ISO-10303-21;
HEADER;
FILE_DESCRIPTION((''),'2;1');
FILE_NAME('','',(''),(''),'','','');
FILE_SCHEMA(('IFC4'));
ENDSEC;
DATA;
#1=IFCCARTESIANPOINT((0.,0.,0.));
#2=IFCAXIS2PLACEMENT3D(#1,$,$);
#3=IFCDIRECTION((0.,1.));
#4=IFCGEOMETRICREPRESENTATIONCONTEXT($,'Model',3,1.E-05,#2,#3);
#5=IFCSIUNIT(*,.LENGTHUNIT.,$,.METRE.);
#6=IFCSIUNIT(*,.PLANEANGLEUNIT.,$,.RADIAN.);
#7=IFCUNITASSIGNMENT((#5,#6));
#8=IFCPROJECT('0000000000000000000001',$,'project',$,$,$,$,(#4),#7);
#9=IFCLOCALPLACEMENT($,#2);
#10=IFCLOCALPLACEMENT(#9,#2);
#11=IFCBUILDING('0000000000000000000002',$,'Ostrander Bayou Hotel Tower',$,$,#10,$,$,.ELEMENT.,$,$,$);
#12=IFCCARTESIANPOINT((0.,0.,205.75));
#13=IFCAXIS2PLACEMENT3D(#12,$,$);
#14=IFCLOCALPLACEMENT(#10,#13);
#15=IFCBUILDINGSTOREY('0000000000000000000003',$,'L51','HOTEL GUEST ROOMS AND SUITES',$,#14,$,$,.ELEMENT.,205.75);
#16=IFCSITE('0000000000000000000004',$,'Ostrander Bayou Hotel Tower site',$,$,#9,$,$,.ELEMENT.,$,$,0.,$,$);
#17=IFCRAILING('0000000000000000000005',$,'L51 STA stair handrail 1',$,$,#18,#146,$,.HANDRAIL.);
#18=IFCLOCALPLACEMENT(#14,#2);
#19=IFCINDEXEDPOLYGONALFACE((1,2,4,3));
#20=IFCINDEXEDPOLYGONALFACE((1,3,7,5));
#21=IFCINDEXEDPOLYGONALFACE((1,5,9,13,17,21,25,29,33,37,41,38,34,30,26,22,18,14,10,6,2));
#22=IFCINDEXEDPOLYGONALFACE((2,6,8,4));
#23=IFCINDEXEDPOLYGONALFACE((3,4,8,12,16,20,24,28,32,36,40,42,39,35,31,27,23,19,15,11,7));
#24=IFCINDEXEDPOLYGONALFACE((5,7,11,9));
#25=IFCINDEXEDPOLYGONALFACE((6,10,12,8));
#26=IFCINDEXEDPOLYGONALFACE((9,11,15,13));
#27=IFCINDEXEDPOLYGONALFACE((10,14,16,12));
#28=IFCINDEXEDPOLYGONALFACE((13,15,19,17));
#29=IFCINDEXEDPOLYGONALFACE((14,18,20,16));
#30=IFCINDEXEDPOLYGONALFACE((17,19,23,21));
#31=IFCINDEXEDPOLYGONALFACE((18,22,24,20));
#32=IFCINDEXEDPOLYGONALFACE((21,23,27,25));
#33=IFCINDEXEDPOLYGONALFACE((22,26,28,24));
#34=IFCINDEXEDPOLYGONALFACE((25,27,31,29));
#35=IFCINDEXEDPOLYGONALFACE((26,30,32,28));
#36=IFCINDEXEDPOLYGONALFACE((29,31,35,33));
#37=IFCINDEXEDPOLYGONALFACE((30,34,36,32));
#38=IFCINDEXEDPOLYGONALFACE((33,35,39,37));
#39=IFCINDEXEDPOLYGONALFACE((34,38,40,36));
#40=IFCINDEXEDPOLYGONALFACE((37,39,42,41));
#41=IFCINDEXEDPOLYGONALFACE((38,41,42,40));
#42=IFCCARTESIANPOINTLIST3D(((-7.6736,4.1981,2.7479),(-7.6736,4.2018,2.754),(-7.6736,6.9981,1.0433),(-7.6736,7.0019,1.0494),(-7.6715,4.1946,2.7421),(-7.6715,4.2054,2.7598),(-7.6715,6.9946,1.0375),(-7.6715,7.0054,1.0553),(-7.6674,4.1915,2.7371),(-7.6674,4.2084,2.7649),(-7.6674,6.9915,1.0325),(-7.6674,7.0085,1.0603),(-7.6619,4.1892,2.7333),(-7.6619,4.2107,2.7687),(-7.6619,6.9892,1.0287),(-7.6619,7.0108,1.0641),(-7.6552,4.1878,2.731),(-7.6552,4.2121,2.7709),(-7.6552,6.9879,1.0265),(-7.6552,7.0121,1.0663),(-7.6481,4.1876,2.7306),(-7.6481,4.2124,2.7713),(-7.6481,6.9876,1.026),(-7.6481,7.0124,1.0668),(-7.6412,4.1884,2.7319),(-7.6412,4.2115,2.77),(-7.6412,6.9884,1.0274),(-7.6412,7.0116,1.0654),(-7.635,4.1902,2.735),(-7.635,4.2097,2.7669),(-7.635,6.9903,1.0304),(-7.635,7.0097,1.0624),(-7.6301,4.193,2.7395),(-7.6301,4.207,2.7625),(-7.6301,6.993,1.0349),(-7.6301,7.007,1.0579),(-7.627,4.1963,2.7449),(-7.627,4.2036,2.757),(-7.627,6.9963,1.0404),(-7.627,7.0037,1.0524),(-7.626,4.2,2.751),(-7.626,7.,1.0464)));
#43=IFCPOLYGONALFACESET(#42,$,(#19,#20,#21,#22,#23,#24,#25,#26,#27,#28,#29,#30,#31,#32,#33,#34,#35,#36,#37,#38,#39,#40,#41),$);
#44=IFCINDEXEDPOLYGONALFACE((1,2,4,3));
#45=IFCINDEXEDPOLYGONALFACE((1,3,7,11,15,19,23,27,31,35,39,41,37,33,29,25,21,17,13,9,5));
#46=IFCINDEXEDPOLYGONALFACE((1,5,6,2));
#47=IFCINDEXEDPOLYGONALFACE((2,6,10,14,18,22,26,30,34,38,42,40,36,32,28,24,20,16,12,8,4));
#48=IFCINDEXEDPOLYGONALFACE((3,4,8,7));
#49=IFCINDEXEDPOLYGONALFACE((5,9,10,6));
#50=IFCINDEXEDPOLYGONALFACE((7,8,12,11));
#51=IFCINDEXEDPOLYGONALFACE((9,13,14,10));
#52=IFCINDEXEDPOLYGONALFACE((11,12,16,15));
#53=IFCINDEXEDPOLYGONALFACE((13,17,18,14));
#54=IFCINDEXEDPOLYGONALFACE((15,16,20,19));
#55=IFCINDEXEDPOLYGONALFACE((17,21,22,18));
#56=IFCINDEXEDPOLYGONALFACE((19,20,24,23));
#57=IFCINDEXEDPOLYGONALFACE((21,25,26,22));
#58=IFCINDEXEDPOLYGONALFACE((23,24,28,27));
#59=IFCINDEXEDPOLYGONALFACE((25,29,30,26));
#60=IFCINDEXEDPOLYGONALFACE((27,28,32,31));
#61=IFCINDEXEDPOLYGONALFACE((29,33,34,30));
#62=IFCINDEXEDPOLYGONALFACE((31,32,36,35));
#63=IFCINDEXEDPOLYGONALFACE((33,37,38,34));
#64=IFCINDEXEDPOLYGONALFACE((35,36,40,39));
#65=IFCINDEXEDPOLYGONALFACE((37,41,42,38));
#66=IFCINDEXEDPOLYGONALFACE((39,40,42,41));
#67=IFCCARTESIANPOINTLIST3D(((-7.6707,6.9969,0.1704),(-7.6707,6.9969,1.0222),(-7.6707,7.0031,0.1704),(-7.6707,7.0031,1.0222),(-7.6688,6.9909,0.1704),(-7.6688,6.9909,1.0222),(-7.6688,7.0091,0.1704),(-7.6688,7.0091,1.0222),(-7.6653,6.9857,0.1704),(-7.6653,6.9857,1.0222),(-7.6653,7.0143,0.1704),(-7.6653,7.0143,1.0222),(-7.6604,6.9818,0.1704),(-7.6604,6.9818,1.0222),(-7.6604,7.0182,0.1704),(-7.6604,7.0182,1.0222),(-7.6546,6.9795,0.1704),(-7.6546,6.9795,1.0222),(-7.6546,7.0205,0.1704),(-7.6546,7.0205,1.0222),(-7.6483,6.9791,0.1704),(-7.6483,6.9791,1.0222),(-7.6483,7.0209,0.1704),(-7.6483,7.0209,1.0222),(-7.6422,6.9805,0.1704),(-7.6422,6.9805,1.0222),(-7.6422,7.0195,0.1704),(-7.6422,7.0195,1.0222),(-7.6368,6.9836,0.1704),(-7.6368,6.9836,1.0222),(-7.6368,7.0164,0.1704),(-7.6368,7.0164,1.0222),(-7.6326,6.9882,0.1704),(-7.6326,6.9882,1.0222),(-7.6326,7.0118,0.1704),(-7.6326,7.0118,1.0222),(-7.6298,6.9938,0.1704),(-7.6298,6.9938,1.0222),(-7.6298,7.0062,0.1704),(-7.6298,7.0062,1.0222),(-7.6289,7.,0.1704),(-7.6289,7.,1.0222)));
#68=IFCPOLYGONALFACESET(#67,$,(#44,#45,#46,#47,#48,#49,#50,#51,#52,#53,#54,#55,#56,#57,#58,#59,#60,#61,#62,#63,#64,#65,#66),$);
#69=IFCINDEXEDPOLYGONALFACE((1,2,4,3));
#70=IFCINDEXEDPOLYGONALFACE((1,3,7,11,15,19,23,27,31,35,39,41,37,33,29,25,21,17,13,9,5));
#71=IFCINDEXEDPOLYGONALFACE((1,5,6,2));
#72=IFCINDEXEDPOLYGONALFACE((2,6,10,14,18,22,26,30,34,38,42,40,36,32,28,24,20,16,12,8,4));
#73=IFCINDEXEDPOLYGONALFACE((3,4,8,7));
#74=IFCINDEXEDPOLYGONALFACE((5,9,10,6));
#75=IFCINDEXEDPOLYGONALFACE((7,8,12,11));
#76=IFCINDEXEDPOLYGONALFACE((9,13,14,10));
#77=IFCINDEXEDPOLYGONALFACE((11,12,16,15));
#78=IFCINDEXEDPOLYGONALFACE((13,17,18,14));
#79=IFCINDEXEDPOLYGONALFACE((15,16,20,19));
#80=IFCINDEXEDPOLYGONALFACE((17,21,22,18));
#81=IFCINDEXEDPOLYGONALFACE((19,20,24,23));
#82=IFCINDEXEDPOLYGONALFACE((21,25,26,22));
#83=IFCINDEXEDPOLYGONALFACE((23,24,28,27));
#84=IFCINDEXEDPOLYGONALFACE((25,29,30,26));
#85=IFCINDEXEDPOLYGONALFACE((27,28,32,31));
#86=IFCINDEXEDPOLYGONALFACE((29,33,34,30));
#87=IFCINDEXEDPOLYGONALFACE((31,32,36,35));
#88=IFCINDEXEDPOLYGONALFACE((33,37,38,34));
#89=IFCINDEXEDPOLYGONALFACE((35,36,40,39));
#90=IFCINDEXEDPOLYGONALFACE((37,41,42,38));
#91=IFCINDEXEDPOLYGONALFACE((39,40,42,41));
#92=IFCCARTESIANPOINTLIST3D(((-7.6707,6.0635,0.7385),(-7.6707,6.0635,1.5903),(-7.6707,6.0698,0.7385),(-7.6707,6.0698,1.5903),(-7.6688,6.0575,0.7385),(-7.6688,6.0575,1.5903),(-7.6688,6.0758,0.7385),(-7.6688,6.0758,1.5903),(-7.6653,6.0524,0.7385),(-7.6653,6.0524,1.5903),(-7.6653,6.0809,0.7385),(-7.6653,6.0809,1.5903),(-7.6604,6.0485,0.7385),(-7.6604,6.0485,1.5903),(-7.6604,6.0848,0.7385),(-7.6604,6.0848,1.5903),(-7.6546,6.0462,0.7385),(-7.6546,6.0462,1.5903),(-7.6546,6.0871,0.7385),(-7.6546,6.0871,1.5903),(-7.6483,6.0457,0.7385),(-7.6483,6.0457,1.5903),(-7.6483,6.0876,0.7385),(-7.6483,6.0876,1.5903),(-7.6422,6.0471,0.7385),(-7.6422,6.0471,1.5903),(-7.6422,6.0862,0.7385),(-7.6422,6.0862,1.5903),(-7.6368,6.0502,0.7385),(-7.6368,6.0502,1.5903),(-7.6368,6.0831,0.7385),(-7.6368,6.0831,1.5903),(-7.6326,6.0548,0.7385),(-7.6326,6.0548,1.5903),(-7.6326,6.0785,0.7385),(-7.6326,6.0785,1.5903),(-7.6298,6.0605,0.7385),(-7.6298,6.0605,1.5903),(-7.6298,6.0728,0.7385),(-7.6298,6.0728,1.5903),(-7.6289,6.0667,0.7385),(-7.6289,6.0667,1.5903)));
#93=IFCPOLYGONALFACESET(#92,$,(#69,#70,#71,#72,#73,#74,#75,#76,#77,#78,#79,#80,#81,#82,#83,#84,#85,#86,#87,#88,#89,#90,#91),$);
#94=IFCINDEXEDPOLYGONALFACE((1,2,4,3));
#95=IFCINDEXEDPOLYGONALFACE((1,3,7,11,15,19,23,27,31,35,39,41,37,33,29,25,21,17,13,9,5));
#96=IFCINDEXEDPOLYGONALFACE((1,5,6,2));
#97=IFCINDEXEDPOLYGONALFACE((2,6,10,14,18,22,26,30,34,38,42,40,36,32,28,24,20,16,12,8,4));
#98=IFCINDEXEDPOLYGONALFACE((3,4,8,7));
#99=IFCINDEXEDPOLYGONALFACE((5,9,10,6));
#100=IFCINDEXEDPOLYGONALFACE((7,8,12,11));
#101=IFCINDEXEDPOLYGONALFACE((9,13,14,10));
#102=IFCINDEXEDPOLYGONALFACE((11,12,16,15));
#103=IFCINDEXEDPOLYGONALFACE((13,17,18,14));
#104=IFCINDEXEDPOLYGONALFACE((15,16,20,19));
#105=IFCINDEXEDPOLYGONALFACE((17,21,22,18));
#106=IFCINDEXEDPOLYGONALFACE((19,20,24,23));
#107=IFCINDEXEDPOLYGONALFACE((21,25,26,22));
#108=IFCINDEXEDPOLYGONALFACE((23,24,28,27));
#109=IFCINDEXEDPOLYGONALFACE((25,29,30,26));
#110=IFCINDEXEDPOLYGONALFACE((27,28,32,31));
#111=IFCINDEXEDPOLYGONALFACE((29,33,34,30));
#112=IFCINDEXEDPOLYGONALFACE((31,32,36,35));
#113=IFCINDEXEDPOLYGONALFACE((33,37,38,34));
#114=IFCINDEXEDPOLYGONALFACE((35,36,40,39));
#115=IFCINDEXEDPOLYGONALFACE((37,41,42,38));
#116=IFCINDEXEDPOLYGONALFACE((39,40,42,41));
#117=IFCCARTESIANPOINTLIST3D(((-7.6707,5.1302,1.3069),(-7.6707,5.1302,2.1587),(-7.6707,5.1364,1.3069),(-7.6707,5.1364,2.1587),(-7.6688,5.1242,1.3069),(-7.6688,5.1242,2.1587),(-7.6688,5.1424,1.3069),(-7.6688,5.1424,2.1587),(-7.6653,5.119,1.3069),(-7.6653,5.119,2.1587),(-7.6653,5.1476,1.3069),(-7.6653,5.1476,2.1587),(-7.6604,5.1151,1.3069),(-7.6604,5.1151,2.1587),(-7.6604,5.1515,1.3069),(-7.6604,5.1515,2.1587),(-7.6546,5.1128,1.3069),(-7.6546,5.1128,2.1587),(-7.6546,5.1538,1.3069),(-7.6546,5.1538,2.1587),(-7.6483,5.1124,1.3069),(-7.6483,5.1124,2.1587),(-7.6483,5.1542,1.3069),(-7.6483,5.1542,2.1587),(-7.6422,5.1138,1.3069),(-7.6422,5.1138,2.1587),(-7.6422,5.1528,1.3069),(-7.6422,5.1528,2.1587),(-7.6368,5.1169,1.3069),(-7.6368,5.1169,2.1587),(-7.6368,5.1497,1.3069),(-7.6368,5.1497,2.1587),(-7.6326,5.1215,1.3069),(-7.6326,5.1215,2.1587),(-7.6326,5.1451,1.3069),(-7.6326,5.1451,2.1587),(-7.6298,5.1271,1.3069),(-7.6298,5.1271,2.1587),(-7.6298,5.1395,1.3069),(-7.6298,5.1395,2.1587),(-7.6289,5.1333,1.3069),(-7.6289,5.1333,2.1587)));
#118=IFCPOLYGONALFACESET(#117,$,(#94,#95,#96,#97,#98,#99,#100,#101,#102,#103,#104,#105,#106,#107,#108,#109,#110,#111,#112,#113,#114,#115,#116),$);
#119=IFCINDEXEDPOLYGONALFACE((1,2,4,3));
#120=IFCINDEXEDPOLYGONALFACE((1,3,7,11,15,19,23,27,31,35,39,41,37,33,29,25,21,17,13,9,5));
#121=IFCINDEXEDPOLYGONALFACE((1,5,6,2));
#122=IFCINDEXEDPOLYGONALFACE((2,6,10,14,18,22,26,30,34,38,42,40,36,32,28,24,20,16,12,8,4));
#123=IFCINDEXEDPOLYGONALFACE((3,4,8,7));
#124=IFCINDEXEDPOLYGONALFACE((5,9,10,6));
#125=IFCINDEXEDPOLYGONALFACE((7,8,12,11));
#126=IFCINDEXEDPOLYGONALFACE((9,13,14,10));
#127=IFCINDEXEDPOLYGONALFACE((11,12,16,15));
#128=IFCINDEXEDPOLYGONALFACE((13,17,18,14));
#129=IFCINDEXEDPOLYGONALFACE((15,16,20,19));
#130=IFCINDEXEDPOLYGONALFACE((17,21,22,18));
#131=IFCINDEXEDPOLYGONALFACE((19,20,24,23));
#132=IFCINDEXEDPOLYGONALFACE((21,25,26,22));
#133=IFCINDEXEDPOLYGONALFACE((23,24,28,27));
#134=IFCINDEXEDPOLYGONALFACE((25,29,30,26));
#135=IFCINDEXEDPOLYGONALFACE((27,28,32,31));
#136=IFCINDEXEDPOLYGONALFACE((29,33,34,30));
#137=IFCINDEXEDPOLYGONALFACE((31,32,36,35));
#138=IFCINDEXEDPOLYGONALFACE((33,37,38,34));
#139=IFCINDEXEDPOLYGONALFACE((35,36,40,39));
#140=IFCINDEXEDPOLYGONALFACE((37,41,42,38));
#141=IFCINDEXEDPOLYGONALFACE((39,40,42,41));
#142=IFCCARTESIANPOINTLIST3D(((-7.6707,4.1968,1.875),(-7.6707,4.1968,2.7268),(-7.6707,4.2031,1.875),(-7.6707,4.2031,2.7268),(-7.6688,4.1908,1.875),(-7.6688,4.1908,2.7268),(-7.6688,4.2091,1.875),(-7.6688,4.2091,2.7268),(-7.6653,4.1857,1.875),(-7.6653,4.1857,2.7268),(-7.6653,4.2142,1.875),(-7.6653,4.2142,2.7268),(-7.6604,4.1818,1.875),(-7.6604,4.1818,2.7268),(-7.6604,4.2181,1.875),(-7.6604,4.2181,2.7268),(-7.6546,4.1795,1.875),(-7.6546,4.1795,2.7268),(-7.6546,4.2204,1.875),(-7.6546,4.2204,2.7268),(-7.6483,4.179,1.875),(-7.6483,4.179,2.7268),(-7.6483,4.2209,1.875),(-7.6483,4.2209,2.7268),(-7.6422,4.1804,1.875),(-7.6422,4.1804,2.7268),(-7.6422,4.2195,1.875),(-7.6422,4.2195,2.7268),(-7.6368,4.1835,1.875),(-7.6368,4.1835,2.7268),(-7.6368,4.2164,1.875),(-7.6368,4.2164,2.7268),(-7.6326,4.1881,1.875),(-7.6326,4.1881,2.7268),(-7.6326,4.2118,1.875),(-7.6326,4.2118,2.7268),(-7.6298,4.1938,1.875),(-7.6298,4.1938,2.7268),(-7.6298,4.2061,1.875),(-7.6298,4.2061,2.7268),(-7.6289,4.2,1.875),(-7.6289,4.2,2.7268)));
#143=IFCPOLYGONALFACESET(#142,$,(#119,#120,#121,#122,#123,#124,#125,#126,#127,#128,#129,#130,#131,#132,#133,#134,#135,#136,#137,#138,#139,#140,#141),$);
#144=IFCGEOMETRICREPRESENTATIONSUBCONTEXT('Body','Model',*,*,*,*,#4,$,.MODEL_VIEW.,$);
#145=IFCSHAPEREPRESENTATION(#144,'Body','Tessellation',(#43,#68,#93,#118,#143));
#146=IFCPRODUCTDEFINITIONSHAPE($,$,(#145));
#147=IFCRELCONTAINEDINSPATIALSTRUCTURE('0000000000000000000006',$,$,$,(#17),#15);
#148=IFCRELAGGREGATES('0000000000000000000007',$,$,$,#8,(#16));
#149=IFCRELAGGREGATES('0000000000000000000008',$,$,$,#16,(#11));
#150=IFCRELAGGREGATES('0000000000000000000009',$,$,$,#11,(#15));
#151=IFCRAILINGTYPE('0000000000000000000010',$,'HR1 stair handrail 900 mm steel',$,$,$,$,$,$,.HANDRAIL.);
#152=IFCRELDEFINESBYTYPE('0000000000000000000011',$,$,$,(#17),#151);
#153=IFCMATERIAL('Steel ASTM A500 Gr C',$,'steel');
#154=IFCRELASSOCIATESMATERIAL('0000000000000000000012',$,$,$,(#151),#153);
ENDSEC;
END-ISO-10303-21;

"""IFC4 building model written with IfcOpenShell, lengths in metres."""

from ifc_helpers import new_model, si_unit, direction, frame, origin, origin_2d, place, context, subcontext, project, spatial, circle, extrude, material, type_object, element, save


model = new_model("IFC4")

# Units and contexts
model_context = context("Model", 3, precision=1e-05, world=origin(), true_north=direction((0.0, 1.0)))
body_context = subcontext(model_context, "Body", "Model", "MODEL_VIEW")
ifc_project = project(units=[si_unit("LENGTHUNIT", "METRE"), si_unit("PLANEANGLEUNIT", "RADIAN")], contexts=[model_context])

# Site, building, storey
site_placement = place(None, origin())
site = spatial("IfcSite", under=ifc_project, at=site_placement, Name="Ostrander Bayou Hotel Tower site", CompositionType="ELEMENT", RefElevation=0.0)
building_placement = place(site_placement, origin())
building = spatial("IfcBuilding", under=site, at=building_placement, Name="Ostrander Bayou Hotel Tower", CompositionType="ELEMENT")
storey_placement = place(building_placement, frame((0.0, 0.0, 205.75)))
storey = spatial("IfcBuildingStorey", under=building, at=storey_placement, Name="L51", Description="HOTEL GUEST ROOMS AND SUITES", CompositionType="ELEMENT", Elevation=205.75)

# Railing
ifc_material_1 = material(Name="Steel ASTM A500 Gr C", Category="steel")
railing_type_1 = type_object("IfcRailingType", Name="HR1 stair handrail 900 mm steel", PredefinedType="HANDRAIL", material=ifc_material_1)
railing_1_placement = place(storey_placement, frame((-7.6499, 7.0, 0.1704)))
element("IfcRailing", 1, at=railing_1_placement, inside=storey, type_object=railing_type_1, Name="L51 STA stair handrail 1", PredefinedType="HANDRAIL", context=body_context, shape_type="SweptSolid", body=[
    extrude(circle(Radius=0.0239, at=origin_2d()), frame((0.0, 0.0, 0.876), z_axis=(0.0, -0.85417, 0.519994), x_axis=(1.0, 0.0, 0.0)), (0.0, 0.0, 1.0), 3.2781),
    extrude(circle(Radius=0.021, at=origin_2d()), origin(), (0.0, 0.0, 1.0), 0.8518),
    extrude(circle(Radius=0.021, at=origin_2d()), frame((0.0, -0.9333, 0.5681)), (0.0, 0.0, 1.0), 0.8518),
    extrude(circle(Radius=0.021, at=origin_2d()), frame((0.0, -1.8667, 1.1365)), (0.0, 0.0, 1.0), 0.8518),
    extrude(circle(Radius=0.021, at=origin_2d()), frame((0.0, -2.8, 1.7046)), (0.0, 0.0, 1.0), 0.8518),
])

save(model, "model.ifc")
